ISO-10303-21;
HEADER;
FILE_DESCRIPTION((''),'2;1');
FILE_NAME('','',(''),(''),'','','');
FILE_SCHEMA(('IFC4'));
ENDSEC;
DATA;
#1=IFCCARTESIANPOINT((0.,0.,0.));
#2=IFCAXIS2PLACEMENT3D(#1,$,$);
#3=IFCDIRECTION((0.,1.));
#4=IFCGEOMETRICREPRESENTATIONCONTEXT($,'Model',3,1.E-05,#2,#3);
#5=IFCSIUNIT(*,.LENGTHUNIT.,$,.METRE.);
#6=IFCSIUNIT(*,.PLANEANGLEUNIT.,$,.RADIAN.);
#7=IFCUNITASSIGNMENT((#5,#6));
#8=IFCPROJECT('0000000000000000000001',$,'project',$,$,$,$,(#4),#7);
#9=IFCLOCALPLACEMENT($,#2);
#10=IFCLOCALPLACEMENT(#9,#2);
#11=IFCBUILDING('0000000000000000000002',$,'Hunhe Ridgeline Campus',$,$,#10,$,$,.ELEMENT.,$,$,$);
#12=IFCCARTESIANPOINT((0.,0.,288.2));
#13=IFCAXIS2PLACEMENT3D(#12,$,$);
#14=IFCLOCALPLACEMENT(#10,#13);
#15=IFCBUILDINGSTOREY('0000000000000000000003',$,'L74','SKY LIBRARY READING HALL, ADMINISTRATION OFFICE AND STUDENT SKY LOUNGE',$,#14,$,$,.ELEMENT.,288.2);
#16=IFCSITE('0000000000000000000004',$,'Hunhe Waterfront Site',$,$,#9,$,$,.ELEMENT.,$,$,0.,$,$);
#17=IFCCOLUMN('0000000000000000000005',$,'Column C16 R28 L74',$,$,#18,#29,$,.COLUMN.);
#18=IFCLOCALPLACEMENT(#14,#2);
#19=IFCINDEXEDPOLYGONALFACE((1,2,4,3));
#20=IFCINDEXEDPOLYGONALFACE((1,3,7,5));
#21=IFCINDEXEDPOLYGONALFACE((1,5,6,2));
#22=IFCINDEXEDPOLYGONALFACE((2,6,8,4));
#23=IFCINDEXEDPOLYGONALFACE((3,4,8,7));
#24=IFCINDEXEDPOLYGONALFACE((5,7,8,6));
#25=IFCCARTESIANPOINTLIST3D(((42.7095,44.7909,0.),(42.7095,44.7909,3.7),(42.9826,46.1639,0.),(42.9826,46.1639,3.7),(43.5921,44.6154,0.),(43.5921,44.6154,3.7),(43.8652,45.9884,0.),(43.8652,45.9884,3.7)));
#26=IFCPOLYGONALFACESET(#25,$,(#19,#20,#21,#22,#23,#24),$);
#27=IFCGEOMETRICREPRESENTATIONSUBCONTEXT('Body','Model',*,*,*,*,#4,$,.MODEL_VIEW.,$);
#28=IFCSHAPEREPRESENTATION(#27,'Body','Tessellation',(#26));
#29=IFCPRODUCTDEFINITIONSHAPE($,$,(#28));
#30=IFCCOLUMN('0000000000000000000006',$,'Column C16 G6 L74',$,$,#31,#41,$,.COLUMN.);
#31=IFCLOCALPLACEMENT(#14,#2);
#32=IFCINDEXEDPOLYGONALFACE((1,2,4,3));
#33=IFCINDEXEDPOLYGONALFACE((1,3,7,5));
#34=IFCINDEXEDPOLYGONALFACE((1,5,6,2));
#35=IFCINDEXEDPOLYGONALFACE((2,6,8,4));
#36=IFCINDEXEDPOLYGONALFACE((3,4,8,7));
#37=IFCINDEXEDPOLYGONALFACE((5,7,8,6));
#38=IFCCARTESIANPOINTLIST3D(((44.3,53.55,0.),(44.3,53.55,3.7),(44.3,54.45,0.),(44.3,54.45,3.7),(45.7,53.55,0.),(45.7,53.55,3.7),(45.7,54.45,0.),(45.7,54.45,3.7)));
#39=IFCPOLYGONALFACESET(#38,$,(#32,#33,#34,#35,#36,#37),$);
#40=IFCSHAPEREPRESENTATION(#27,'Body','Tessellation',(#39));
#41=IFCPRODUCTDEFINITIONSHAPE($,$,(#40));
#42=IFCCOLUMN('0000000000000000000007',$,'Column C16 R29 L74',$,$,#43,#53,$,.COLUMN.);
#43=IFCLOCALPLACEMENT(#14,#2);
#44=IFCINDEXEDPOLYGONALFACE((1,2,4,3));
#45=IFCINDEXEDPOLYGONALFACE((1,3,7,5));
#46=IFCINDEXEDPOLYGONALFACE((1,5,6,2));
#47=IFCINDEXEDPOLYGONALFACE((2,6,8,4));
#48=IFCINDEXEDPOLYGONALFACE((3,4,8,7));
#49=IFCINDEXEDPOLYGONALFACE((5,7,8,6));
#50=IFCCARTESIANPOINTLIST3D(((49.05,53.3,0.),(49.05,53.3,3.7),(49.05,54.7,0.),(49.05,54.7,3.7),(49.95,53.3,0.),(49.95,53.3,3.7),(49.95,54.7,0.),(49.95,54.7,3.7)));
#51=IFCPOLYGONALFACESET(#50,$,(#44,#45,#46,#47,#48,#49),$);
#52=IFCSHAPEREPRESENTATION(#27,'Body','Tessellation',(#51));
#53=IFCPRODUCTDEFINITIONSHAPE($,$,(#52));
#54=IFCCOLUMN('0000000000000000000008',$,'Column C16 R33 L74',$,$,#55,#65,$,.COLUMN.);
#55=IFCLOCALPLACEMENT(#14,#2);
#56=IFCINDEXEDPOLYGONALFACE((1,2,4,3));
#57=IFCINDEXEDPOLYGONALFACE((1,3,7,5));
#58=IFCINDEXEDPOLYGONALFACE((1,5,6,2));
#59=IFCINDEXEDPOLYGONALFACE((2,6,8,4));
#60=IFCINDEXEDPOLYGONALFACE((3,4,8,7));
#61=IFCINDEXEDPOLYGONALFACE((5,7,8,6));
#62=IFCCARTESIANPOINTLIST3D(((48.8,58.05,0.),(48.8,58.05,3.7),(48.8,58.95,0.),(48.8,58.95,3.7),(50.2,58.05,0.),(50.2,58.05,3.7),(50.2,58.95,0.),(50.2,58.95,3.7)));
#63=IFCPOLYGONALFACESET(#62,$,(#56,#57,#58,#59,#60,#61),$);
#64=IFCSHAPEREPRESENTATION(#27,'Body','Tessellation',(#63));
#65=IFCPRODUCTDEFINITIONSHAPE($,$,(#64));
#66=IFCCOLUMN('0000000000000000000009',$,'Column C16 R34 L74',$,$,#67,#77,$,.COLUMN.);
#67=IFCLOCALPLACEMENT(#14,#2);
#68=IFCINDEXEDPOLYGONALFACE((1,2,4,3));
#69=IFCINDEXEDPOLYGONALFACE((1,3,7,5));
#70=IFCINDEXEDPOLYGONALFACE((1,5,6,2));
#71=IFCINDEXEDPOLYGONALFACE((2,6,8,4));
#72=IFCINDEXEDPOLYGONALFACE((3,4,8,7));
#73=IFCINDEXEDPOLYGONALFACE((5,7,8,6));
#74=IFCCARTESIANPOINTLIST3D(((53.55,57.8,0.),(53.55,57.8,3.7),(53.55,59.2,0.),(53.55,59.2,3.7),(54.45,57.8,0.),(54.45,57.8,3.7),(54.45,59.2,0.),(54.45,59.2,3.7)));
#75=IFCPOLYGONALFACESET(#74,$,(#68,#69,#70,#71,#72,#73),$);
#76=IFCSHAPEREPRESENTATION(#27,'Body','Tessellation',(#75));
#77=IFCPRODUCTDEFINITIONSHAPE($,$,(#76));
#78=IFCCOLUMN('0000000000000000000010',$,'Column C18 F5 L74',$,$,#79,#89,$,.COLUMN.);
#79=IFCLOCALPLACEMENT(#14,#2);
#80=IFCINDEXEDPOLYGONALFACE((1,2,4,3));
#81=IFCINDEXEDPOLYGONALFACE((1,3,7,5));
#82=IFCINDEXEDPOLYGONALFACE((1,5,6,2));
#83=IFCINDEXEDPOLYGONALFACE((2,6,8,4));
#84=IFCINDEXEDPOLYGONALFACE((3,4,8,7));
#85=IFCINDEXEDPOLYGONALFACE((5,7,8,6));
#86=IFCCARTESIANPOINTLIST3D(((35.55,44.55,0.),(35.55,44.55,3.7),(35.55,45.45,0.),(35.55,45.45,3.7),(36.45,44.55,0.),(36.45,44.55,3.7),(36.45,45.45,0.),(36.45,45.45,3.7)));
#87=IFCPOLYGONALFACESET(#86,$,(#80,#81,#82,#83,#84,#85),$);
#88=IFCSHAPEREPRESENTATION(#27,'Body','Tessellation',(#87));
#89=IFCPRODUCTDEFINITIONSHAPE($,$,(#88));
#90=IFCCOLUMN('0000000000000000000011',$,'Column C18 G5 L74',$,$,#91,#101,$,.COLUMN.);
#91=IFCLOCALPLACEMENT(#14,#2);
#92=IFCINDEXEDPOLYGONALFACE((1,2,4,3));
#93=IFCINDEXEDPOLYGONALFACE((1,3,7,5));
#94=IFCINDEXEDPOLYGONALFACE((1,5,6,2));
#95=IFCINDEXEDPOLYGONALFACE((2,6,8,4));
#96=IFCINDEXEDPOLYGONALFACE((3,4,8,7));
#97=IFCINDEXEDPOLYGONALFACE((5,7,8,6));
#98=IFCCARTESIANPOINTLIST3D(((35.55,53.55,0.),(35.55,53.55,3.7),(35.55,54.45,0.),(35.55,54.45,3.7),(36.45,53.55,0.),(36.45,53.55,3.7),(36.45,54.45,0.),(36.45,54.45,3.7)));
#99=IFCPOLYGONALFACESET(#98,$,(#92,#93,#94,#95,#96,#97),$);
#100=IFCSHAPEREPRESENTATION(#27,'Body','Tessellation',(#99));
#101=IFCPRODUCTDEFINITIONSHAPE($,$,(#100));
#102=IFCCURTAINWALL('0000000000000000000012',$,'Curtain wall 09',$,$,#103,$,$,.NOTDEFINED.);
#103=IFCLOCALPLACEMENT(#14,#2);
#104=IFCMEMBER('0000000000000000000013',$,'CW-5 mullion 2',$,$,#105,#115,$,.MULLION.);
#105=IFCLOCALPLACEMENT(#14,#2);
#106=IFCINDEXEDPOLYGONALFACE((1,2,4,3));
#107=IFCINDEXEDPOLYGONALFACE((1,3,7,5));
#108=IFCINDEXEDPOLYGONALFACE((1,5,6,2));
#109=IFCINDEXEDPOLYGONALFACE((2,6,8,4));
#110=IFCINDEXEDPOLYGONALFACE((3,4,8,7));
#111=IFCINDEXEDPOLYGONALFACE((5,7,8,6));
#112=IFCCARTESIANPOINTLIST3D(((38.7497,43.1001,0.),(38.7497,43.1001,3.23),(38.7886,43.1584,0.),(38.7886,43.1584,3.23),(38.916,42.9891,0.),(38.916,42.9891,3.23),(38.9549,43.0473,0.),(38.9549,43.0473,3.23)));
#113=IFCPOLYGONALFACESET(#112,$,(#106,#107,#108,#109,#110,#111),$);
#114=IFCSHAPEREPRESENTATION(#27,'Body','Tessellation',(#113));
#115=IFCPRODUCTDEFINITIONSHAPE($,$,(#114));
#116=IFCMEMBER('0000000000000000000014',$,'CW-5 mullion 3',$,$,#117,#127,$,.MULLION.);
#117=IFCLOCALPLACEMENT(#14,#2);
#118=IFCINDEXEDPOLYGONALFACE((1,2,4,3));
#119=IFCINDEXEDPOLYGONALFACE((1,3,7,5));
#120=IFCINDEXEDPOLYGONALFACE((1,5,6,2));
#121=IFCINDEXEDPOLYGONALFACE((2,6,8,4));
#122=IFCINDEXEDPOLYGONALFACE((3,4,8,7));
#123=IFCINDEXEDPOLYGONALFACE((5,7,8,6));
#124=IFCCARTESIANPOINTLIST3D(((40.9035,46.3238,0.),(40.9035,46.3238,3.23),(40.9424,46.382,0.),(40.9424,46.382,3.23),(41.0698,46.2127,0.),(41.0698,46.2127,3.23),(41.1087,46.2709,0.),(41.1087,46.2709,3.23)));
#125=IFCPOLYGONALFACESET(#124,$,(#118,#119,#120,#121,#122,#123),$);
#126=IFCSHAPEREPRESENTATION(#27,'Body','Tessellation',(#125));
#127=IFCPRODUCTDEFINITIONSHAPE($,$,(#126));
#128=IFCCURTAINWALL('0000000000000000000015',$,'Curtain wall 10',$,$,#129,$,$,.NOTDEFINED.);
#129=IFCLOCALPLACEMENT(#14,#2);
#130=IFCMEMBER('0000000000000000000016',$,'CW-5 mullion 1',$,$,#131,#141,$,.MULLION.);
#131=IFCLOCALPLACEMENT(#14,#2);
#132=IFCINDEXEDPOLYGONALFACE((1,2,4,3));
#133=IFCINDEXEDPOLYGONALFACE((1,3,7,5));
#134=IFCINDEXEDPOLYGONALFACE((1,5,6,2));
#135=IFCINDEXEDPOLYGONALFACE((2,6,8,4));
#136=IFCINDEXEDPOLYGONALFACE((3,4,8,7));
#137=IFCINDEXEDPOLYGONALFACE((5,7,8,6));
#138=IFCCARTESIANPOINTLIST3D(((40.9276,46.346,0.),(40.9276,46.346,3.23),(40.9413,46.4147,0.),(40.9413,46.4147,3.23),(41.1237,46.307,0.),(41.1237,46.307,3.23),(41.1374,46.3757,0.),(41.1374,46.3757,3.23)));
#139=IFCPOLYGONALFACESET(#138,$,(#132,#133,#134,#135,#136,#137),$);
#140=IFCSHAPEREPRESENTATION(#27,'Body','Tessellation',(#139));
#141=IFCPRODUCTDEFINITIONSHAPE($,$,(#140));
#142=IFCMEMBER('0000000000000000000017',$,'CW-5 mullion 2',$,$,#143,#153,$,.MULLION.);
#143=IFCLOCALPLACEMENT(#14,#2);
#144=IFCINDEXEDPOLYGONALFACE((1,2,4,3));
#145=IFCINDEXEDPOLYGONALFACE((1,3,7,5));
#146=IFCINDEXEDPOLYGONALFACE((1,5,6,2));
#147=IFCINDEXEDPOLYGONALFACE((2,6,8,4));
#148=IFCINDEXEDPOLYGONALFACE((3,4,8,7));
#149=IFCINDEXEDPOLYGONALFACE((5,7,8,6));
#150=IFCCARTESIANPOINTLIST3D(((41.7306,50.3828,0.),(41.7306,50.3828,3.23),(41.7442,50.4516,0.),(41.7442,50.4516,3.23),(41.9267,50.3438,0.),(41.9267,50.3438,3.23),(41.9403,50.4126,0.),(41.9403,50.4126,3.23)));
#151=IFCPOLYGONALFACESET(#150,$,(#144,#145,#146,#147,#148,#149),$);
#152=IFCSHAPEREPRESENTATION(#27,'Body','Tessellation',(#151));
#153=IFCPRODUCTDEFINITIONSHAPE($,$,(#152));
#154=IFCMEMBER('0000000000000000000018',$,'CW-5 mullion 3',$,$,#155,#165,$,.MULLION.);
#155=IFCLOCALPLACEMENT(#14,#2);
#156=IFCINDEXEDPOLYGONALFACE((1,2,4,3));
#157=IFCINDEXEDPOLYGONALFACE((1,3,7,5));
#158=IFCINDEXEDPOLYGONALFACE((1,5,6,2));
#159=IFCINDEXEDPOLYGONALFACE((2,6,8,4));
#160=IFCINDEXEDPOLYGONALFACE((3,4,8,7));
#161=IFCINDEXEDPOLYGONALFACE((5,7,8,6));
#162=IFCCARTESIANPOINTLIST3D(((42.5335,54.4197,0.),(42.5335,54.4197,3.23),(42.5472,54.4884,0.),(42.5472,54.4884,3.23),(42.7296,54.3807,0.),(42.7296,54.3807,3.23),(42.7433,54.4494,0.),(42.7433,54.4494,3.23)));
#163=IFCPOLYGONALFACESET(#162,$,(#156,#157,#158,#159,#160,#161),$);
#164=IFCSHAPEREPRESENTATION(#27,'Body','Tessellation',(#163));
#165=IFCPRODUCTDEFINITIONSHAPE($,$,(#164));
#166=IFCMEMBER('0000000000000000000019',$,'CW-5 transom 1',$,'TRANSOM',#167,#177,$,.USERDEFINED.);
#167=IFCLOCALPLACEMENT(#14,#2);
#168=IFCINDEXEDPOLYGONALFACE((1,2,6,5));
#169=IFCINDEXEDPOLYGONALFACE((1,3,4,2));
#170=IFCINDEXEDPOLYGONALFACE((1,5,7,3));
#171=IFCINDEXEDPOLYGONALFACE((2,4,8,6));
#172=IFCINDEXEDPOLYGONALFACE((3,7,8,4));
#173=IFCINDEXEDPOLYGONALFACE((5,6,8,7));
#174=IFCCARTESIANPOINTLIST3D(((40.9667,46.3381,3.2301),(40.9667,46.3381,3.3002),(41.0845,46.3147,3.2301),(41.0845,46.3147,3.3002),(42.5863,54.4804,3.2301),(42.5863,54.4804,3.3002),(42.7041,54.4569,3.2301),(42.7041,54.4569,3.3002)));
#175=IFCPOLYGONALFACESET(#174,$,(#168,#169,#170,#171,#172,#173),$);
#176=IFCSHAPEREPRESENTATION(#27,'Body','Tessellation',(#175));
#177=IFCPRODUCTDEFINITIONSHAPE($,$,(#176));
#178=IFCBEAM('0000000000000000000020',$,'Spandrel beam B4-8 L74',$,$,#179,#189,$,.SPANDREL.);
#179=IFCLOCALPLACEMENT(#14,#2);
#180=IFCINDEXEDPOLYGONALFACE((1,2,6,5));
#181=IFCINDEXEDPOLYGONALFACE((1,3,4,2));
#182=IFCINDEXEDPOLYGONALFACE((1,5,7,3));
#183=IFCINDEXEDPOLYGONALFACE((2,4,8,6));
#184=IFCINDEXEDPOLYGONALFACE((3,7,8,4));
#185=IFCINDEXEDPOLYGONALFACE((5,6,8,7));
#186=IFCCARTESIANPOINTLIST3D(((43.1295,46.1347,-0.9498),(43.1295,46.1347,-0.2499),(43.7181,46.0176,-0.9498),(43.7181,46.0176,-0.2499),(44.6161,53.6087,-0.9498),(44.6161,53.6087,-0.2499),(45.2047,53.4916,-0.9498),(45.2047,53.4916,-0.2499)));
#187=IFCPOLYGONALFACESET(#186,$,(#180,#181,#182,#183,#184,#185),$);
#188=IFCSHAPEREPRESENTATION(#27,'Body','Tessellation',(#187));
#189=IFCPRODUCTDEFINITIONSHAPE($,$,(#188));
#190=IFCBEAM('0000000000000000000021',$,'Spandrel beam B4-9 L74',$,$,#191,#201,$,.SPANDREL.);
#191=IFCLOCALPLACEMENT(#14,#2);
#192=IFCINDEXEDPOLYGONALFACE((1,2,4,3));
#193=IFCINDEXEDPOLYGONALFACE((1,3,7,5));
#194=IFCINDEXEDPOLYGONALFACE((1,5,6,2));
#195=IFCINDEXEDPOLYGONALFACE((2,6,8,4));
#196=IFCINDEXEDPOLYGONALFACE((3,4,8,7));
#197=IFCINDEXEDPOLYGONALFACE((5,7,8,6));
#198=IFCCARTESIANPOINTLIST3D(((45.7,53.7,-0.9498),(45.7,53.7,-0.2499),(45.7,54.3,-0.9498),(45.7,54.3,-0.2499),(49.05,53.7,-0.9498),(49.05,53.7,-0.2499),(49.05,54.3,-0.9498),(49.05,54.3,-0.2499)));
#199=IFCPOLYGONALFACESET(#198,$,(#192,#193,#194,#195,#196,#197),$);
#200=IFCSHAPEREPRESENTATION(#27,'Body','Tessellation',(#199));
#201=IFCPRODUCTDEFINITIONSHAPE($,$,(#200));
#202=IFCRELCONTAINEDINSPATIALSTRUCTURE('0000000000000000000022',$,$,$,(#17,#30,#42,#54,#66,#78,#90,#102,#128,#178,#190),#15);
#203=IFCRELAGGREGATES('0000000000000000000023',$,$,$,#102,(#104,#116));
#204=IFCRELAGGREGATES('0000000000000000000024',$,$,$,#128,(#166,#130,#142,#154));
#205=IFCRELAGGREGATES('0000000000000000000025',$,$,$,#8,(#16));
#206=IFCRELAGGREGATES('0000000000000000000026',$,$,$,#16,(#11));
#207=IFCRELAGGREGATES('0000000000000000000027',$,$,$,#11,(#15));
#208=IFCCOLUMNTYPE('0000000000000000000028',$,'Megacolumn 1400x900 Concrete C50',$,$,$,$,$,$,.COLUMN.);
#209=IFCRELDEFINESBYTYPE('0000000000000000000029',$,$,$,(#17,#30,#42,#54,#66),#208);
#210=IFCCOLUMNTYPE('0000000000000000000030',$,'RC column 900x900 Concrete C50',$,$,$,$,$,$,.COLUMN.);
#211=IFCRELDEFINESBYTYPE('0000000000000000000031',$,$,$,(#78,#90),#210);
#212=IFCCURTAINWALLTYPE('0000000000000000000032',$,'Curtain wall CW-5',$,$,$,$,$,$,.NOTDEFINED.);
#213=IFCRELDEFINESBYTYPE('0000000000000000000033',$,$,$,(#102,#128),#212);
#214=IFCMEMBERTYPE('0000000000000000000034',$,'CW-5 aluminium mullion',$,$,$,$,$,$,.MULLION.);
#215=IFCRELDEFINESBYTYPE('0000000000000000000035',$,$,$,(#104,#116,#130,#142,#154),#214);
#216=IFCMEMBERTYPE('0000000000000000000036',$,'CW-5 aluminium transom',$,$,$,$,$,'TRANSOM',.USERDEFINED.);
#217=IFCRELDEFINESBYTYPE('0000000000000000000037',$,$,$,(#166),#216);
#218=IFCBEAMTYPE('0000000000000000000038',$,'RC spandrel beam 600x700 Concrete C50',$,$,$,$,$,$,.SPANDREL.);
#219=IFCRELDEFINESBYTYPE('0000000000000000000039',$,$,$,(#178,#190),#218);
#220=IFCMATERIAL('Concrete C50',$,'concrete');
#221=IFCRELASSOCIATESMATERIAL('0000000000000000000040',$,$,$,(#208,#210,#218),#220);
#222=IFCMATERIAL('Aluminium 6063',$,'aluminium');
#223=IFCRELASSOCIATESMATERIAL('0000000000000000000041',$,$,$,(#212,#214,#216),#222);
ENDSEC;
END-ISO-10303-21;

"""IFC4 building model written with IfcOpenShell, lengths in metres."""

from ifc_helpers import new_model, si_unit, direction, frame, origin, origin_2d, place, context, subcontext, project, spatial, rectangle, extrude, material, material_profile, profile_set, type_object, element, aggregate, save


model = new_model("IFC4")

# Units and contexts
model_context = context("Model", 3, precision=1e-05, world=origin(), true_north=direction((0.0, 1.0)))
body_context = subcontext(model_context, "Body", "Model", "MODEL_VIEW")
ifc_project = project(units=[si_unit("LENGTHUNIT", "METRE"), si_unit("PLANEANGLEUNIT", "RADIAN")], contexts=[model_context])

# Site, building, storey
site_placement = place(None, origin())
site = spatial("IfcSite", under=ifc_project, at=site_placement, Name="Hunhe Waterfront Site", CompositionType="ELEMENT", RefElevation=0.0)
building_placement = place(site_placement, origin())
building = spatial("IfcBuilding", under=site, at=building_placement, Name="Hunhe Ridgeline Campus", CompositionType="ELEMENT")
storey_placement = place(building_placement, frame((0.0, 0.0, 288.2)))
storey = spatial("IfcBuildingStorey", under=building, at=storey_placement, Name="L74", Description="SKY LIBRARY READING HALL, ADMINISTRATION OFFICE AND STUDENT SKY LOUNGE", CompositionType="ELEMENT", Elevation=288.2)

# Columns
ifc_material_1 = material(Name="Concrete C50", Category="concrete")
ifc_material_profile_1 = material_profile(ifc_material_1, rectangle(XDim=1.3999, YDim=0.8999, at=origin_2d()))
ifc_profile_set_1 = profile_set([ifc_material_profile_1], Name="Concrete C50")
column_type_1 = type_object("IfcColumnType", Name="Megacolumn 1400x900 Concrete C50", PredefinedType="COLUMN", material=ifc_profile_set_1)
for number, where, z_axis, x_axis, name in (
    (1, (43.2874, 45.3896, 0.0), (0.0, 0.0, 1.0), (0.19509, 0.980785, 0.0), "Column C16 R28 L74"),
    (2, (45.0, 54.0, 0.0), (0.0, 0.0, 1.0), (1.0, 0.0, 0.0), "Column C16 G6 L74"),
    (3, (49.5, 54.0, 0.0), (0.0, 0.0, 1.0), (0.0, 1.0, 0.0), "Column C16 R29 L74"),
    (4, (49.5, 58.5, 0.0), (0.0, 0.0, 1.0), (1.0, 0.0, 0.0), "Column C16 R33 L74"),
    (5, (54.0, 58.5, 0.0), (0.0, 0.0, 1.0), (0.0, 1.0, 0.0), "Column C16 R34 L74"),
):
    element("IfcColumn", number, at=place(storey_placement, frame(where, z_axis=z_axis, x_axis=x_axis)), inside=storey, type_object=column_type_1, Name=name, PredefinedType="COLUMN", context=body_context, shape_type="SweptSolid", body=[
        extrude(rectangle(XDim=1.3999, YDim=0.8999, at=origin_2d()), origin(), (0.0, 0.0, 1.0), 3.7),
    ])
ifc_material_profile_2 = material_profile(ifc_material_1, rectangle(XDim=0.8999, YDim=0.8999, at=origin_2d()))
ifc_profile_set_2 = profile_set([ifc_material_profile_2], Name="Concrete C50")
column_type_2 = type_object("IfcColumnType", Name="RC column 900x900 Concrete C50", PredefinedType="COLUMN", material=ifc_profile_set_2)
for number, where, z_axis, x_axis, name in (
    (6, (36.0, 45.0, 0.0), (0.0, 0.0, 1.0), (1.0, 0.0, 0.0), "Column C18 F5 L74"),
    (7, (36.0, 54.0, 0.0), (0.0, 0.0, 1.0), (1.0, 0.0, 0.0), "Column C18 G5 L74"),
):
    element("IfcColumn", number, at=place(storey_placement, frame(where, z_axis=z_axis, x_axis=x_axis)), inside=storey, type_object=column_type_2, Name=name, PredefinedType="COLUMN", context=body_context, shape_type="SweptSolid", body=[
        extrude(rectangle(XDim=0.8999, YDim=0.8999, at=origin_2d()), origin(), (0.0, 0.0, 1.0), 3.7),
    ])

# Curtain walls, members
ifc_material_2 = material(Name="Aluminium 6063", Category="aluminium")
curtain_wall_type = type_object("IfcCurtainWallType", Name="Curtain wall CW-5", PredefinedType="NOTDEFINED", material=ifc_material_2)
curtain_wall_1_placement = place(storey_placement, origin())
curtain_wall_1 = element("IfcCurtainWall", 8, at=curtain_wall_1_placement, inside=storey, type_object=curtain_wall_type, Name="Curtain wall 09", PredefinedType="NOTDEFINED")
ifc_material_profile_3 = material_profile(ifc_material_2, rectangle(XDim=0.2, YDim=0.0701, at=origin_2d()))
ifc_profile_set_3 = profile_set([ifc_material_profile_3], Name="Aluminium 6063")
member_type_1 = type_object("IfcMemberType", Name="CW-5 aluminium mullion", PredefinedType="MULLION", material=ifc_profile_set_3)
member_1_placement = place(storey_placement, frame((38.8523, 43.0737, 0.0), z_axis=(0.0, 0.0, 1.0), x_axis=(-0.83147, 0.55557, 0.0)))
member_1 = element("IfcMember", 9, at=member_1_placement, type_object=member_type_1, Name="CW-5 mullion 2", PredefinedType="MULLION", context=body_context, shape_type="SweptSolid", body=[
    extrude(rectangle(XDim=0.2, YDim=0.0701, at=origin_2d()), origin(), (0.0, 0.0, 1.0), 3.23),
])
member_2_placement = place(storey_placement, frame((41.0061, 46.2974, 0.0), z_axis=(0.0, 0.0, 1.0), x_axis=(-0.83147, 0.55557, 0.0)))
member_2 = element("IfcMember", 10, at=member_2_placement, type_object=member_type_1, Name="CW-5 mullion 3", PredefinedType="MULLION", context=body_context, shape_type="SweptSolid", body=[
    extrude(rectangle(XDim=0.2, YDim=0.0701, at=origin_2d()), origin(), (0.0, 0.0, 1.0), 3.23),
])
curtain_wall_2_placement = place(storey_placement, origin())
curtain_wall_2 = element("IfcCurtainWall", 11, at=curtain_wall_2_placement, inside=storey, type_object=curtain_wall_type, Name="Curtain wall 10", PredefinedType="NOTDEFINED")
member_3_placement = place(storey_placement, frame((41.0325, 46.3608, 0.0), z_axis=(0.0, 0.0, 1.0), x_axis=(-0.980783, 0.195104, 0.0)))
member_3 = element("IfcMember", 12, at=member_3_placement, type_object=member_type_1, Name="CW-5 mullion 1", PredefinedType="MULLION", context=body_context, shape_type="SweptSolid", body=[
    extrude(rectangle(XDim=0.2, YDim=0.0701, at=origin_2d()), origin(), (0.0, 0.0, 1.0), 3.23),
])
member_4_placement = place(storey_placement, frame((41.8354, 50.3977, 0.0), z_axis=(0.0, 0.0, 1.0), x_axis=(-0.980783, 0.195104, 0.0)))
member_4 = element("IfcMember", 13, at=member_4_placement, type_object=member_type_1, Name="CW-5 mullion 2", PredefinedType="MULLION", context=body_context, shape_type="SweptSolid", body=[
    extrude(rectangle(XDim=0.2, YDim=0.0701, at=origin_2d()), origin(), (0.0, 0.0, 1.0), 3.23),
])
member_5_placement = place(storey_placement, frame((42.6384, 54.4346, 0.0), z_axis=(0.0, 0.0, 1.0), x_axis=(-0.980783, 0.195104, 0.0)))
member_5 = element("IfcMember", 14, at=member_5_placement, type_object=member_type_1, Name="CW-5 mullion 3", PredefinedType="MULLION", context=body_context, shape_type="SweptSolid", body=[
    extrude(rectangle(XDim=0.2, YDim=0.0701, at=origin_2d()), origin(), (0.0, 0.0, 1.0), 3.23),
])
ifc_material_profile_4 = material_profile(ifc_material_2, rectangle(XDim=0.1201, YDim=0.0701, at=origin_2d()))
ifc_profile_set_4 = profile_set([ifc_material_profile_4], Name="Aluminium 6063")
member_type_2 = type_object("IfcMemberType", Name="CW-5 aluminium transom", ElementType="TRANSOM", PredefinedType="USERDEFINED", material=ifc_profile_set_4)
member_6_placement = place(storey_placement, frame((41.0256, 46.3264, 3.2651), z_axis=(0.195092, 0.980785, 0.0), x_axis=(-0.980785, 0.195092, 0.0)))
member_6 = element("IfcMember", 15, at=member_6_placement, type_object=member_type_2, Name="CW-5 transom 1", ObjectType="TRANSOM", PredefinedType="USERDEFINED", context=body_context, shape_type="SweptSolid", body=[
    extrude(rectangle(XDim=0.1201, YDim=0.0701, at=origin_2d()), origin(), (0.0, 0.0, 1.0), 8.3018),
])

# Beams
ifc_material_profile_5 = material_profile(ifc_material_1, rectangle(XDim=0.6001, YDim=0.7, at=origin_2d()))
ifc_profile_set_5 = profile_set([ifc_material_profile_5], Name="Concrete C50")
beam_type = type_object("IfcBeamType", Name="RC spandrel beam 600x700 Concrete C50", PredefinedType="SPANDREL", material=ifc_profile_set_5)
beam_placement = place(storey_placement, frame((43.4238, 46.0762, -0.5999), z_axis=(0.195081, 0.980787, 0.0), x_axis=(-0.980787, 0.195081, 0.0)))
element("IfcBeam", 16, at=beam_placement, inside=storey, type_object=beam_type, Name="Spandrel beam B4-8 L74", PredefinedType="SPANDREL", context=body_context, shape_type="SweptSolid", body=[
    extrude(rectangle(XDim=0.6001, YDim=0.7, at=origin_2d()), origin(), (0.0, 0.0, 1.0), 7.6204),
])
for number, where, z_axis, x_axis, name in (
    (17, (45.7, 54.0, -0.5999), (1.0, 0.0, 0.0), (0.0, 1.0, 0.0), "Spandrel beam B4-9 L74"),
):
    element("IfcBeam", number, at=place(storey_placement, frame(where, z_axis=z_axis, x_axis=x_axis)), inside=storey, type_object=beam_type, Name=name, PredefinedType="SPANDREL", context=body_context, shape_type="SweptSolid", body=[
        extrude(rectangle(XDim=0.6001, YDim=0.7, at=origin_2d()), origin(), (0.0, 0.0, 1.0), 3.3501),
    ])

aggregate(curtain_wall_1, [member_1, member_2])
aggregate(curtain_wall_2, [member_6, member_3, member_4, member_5])

save(model, "model.ifc")
